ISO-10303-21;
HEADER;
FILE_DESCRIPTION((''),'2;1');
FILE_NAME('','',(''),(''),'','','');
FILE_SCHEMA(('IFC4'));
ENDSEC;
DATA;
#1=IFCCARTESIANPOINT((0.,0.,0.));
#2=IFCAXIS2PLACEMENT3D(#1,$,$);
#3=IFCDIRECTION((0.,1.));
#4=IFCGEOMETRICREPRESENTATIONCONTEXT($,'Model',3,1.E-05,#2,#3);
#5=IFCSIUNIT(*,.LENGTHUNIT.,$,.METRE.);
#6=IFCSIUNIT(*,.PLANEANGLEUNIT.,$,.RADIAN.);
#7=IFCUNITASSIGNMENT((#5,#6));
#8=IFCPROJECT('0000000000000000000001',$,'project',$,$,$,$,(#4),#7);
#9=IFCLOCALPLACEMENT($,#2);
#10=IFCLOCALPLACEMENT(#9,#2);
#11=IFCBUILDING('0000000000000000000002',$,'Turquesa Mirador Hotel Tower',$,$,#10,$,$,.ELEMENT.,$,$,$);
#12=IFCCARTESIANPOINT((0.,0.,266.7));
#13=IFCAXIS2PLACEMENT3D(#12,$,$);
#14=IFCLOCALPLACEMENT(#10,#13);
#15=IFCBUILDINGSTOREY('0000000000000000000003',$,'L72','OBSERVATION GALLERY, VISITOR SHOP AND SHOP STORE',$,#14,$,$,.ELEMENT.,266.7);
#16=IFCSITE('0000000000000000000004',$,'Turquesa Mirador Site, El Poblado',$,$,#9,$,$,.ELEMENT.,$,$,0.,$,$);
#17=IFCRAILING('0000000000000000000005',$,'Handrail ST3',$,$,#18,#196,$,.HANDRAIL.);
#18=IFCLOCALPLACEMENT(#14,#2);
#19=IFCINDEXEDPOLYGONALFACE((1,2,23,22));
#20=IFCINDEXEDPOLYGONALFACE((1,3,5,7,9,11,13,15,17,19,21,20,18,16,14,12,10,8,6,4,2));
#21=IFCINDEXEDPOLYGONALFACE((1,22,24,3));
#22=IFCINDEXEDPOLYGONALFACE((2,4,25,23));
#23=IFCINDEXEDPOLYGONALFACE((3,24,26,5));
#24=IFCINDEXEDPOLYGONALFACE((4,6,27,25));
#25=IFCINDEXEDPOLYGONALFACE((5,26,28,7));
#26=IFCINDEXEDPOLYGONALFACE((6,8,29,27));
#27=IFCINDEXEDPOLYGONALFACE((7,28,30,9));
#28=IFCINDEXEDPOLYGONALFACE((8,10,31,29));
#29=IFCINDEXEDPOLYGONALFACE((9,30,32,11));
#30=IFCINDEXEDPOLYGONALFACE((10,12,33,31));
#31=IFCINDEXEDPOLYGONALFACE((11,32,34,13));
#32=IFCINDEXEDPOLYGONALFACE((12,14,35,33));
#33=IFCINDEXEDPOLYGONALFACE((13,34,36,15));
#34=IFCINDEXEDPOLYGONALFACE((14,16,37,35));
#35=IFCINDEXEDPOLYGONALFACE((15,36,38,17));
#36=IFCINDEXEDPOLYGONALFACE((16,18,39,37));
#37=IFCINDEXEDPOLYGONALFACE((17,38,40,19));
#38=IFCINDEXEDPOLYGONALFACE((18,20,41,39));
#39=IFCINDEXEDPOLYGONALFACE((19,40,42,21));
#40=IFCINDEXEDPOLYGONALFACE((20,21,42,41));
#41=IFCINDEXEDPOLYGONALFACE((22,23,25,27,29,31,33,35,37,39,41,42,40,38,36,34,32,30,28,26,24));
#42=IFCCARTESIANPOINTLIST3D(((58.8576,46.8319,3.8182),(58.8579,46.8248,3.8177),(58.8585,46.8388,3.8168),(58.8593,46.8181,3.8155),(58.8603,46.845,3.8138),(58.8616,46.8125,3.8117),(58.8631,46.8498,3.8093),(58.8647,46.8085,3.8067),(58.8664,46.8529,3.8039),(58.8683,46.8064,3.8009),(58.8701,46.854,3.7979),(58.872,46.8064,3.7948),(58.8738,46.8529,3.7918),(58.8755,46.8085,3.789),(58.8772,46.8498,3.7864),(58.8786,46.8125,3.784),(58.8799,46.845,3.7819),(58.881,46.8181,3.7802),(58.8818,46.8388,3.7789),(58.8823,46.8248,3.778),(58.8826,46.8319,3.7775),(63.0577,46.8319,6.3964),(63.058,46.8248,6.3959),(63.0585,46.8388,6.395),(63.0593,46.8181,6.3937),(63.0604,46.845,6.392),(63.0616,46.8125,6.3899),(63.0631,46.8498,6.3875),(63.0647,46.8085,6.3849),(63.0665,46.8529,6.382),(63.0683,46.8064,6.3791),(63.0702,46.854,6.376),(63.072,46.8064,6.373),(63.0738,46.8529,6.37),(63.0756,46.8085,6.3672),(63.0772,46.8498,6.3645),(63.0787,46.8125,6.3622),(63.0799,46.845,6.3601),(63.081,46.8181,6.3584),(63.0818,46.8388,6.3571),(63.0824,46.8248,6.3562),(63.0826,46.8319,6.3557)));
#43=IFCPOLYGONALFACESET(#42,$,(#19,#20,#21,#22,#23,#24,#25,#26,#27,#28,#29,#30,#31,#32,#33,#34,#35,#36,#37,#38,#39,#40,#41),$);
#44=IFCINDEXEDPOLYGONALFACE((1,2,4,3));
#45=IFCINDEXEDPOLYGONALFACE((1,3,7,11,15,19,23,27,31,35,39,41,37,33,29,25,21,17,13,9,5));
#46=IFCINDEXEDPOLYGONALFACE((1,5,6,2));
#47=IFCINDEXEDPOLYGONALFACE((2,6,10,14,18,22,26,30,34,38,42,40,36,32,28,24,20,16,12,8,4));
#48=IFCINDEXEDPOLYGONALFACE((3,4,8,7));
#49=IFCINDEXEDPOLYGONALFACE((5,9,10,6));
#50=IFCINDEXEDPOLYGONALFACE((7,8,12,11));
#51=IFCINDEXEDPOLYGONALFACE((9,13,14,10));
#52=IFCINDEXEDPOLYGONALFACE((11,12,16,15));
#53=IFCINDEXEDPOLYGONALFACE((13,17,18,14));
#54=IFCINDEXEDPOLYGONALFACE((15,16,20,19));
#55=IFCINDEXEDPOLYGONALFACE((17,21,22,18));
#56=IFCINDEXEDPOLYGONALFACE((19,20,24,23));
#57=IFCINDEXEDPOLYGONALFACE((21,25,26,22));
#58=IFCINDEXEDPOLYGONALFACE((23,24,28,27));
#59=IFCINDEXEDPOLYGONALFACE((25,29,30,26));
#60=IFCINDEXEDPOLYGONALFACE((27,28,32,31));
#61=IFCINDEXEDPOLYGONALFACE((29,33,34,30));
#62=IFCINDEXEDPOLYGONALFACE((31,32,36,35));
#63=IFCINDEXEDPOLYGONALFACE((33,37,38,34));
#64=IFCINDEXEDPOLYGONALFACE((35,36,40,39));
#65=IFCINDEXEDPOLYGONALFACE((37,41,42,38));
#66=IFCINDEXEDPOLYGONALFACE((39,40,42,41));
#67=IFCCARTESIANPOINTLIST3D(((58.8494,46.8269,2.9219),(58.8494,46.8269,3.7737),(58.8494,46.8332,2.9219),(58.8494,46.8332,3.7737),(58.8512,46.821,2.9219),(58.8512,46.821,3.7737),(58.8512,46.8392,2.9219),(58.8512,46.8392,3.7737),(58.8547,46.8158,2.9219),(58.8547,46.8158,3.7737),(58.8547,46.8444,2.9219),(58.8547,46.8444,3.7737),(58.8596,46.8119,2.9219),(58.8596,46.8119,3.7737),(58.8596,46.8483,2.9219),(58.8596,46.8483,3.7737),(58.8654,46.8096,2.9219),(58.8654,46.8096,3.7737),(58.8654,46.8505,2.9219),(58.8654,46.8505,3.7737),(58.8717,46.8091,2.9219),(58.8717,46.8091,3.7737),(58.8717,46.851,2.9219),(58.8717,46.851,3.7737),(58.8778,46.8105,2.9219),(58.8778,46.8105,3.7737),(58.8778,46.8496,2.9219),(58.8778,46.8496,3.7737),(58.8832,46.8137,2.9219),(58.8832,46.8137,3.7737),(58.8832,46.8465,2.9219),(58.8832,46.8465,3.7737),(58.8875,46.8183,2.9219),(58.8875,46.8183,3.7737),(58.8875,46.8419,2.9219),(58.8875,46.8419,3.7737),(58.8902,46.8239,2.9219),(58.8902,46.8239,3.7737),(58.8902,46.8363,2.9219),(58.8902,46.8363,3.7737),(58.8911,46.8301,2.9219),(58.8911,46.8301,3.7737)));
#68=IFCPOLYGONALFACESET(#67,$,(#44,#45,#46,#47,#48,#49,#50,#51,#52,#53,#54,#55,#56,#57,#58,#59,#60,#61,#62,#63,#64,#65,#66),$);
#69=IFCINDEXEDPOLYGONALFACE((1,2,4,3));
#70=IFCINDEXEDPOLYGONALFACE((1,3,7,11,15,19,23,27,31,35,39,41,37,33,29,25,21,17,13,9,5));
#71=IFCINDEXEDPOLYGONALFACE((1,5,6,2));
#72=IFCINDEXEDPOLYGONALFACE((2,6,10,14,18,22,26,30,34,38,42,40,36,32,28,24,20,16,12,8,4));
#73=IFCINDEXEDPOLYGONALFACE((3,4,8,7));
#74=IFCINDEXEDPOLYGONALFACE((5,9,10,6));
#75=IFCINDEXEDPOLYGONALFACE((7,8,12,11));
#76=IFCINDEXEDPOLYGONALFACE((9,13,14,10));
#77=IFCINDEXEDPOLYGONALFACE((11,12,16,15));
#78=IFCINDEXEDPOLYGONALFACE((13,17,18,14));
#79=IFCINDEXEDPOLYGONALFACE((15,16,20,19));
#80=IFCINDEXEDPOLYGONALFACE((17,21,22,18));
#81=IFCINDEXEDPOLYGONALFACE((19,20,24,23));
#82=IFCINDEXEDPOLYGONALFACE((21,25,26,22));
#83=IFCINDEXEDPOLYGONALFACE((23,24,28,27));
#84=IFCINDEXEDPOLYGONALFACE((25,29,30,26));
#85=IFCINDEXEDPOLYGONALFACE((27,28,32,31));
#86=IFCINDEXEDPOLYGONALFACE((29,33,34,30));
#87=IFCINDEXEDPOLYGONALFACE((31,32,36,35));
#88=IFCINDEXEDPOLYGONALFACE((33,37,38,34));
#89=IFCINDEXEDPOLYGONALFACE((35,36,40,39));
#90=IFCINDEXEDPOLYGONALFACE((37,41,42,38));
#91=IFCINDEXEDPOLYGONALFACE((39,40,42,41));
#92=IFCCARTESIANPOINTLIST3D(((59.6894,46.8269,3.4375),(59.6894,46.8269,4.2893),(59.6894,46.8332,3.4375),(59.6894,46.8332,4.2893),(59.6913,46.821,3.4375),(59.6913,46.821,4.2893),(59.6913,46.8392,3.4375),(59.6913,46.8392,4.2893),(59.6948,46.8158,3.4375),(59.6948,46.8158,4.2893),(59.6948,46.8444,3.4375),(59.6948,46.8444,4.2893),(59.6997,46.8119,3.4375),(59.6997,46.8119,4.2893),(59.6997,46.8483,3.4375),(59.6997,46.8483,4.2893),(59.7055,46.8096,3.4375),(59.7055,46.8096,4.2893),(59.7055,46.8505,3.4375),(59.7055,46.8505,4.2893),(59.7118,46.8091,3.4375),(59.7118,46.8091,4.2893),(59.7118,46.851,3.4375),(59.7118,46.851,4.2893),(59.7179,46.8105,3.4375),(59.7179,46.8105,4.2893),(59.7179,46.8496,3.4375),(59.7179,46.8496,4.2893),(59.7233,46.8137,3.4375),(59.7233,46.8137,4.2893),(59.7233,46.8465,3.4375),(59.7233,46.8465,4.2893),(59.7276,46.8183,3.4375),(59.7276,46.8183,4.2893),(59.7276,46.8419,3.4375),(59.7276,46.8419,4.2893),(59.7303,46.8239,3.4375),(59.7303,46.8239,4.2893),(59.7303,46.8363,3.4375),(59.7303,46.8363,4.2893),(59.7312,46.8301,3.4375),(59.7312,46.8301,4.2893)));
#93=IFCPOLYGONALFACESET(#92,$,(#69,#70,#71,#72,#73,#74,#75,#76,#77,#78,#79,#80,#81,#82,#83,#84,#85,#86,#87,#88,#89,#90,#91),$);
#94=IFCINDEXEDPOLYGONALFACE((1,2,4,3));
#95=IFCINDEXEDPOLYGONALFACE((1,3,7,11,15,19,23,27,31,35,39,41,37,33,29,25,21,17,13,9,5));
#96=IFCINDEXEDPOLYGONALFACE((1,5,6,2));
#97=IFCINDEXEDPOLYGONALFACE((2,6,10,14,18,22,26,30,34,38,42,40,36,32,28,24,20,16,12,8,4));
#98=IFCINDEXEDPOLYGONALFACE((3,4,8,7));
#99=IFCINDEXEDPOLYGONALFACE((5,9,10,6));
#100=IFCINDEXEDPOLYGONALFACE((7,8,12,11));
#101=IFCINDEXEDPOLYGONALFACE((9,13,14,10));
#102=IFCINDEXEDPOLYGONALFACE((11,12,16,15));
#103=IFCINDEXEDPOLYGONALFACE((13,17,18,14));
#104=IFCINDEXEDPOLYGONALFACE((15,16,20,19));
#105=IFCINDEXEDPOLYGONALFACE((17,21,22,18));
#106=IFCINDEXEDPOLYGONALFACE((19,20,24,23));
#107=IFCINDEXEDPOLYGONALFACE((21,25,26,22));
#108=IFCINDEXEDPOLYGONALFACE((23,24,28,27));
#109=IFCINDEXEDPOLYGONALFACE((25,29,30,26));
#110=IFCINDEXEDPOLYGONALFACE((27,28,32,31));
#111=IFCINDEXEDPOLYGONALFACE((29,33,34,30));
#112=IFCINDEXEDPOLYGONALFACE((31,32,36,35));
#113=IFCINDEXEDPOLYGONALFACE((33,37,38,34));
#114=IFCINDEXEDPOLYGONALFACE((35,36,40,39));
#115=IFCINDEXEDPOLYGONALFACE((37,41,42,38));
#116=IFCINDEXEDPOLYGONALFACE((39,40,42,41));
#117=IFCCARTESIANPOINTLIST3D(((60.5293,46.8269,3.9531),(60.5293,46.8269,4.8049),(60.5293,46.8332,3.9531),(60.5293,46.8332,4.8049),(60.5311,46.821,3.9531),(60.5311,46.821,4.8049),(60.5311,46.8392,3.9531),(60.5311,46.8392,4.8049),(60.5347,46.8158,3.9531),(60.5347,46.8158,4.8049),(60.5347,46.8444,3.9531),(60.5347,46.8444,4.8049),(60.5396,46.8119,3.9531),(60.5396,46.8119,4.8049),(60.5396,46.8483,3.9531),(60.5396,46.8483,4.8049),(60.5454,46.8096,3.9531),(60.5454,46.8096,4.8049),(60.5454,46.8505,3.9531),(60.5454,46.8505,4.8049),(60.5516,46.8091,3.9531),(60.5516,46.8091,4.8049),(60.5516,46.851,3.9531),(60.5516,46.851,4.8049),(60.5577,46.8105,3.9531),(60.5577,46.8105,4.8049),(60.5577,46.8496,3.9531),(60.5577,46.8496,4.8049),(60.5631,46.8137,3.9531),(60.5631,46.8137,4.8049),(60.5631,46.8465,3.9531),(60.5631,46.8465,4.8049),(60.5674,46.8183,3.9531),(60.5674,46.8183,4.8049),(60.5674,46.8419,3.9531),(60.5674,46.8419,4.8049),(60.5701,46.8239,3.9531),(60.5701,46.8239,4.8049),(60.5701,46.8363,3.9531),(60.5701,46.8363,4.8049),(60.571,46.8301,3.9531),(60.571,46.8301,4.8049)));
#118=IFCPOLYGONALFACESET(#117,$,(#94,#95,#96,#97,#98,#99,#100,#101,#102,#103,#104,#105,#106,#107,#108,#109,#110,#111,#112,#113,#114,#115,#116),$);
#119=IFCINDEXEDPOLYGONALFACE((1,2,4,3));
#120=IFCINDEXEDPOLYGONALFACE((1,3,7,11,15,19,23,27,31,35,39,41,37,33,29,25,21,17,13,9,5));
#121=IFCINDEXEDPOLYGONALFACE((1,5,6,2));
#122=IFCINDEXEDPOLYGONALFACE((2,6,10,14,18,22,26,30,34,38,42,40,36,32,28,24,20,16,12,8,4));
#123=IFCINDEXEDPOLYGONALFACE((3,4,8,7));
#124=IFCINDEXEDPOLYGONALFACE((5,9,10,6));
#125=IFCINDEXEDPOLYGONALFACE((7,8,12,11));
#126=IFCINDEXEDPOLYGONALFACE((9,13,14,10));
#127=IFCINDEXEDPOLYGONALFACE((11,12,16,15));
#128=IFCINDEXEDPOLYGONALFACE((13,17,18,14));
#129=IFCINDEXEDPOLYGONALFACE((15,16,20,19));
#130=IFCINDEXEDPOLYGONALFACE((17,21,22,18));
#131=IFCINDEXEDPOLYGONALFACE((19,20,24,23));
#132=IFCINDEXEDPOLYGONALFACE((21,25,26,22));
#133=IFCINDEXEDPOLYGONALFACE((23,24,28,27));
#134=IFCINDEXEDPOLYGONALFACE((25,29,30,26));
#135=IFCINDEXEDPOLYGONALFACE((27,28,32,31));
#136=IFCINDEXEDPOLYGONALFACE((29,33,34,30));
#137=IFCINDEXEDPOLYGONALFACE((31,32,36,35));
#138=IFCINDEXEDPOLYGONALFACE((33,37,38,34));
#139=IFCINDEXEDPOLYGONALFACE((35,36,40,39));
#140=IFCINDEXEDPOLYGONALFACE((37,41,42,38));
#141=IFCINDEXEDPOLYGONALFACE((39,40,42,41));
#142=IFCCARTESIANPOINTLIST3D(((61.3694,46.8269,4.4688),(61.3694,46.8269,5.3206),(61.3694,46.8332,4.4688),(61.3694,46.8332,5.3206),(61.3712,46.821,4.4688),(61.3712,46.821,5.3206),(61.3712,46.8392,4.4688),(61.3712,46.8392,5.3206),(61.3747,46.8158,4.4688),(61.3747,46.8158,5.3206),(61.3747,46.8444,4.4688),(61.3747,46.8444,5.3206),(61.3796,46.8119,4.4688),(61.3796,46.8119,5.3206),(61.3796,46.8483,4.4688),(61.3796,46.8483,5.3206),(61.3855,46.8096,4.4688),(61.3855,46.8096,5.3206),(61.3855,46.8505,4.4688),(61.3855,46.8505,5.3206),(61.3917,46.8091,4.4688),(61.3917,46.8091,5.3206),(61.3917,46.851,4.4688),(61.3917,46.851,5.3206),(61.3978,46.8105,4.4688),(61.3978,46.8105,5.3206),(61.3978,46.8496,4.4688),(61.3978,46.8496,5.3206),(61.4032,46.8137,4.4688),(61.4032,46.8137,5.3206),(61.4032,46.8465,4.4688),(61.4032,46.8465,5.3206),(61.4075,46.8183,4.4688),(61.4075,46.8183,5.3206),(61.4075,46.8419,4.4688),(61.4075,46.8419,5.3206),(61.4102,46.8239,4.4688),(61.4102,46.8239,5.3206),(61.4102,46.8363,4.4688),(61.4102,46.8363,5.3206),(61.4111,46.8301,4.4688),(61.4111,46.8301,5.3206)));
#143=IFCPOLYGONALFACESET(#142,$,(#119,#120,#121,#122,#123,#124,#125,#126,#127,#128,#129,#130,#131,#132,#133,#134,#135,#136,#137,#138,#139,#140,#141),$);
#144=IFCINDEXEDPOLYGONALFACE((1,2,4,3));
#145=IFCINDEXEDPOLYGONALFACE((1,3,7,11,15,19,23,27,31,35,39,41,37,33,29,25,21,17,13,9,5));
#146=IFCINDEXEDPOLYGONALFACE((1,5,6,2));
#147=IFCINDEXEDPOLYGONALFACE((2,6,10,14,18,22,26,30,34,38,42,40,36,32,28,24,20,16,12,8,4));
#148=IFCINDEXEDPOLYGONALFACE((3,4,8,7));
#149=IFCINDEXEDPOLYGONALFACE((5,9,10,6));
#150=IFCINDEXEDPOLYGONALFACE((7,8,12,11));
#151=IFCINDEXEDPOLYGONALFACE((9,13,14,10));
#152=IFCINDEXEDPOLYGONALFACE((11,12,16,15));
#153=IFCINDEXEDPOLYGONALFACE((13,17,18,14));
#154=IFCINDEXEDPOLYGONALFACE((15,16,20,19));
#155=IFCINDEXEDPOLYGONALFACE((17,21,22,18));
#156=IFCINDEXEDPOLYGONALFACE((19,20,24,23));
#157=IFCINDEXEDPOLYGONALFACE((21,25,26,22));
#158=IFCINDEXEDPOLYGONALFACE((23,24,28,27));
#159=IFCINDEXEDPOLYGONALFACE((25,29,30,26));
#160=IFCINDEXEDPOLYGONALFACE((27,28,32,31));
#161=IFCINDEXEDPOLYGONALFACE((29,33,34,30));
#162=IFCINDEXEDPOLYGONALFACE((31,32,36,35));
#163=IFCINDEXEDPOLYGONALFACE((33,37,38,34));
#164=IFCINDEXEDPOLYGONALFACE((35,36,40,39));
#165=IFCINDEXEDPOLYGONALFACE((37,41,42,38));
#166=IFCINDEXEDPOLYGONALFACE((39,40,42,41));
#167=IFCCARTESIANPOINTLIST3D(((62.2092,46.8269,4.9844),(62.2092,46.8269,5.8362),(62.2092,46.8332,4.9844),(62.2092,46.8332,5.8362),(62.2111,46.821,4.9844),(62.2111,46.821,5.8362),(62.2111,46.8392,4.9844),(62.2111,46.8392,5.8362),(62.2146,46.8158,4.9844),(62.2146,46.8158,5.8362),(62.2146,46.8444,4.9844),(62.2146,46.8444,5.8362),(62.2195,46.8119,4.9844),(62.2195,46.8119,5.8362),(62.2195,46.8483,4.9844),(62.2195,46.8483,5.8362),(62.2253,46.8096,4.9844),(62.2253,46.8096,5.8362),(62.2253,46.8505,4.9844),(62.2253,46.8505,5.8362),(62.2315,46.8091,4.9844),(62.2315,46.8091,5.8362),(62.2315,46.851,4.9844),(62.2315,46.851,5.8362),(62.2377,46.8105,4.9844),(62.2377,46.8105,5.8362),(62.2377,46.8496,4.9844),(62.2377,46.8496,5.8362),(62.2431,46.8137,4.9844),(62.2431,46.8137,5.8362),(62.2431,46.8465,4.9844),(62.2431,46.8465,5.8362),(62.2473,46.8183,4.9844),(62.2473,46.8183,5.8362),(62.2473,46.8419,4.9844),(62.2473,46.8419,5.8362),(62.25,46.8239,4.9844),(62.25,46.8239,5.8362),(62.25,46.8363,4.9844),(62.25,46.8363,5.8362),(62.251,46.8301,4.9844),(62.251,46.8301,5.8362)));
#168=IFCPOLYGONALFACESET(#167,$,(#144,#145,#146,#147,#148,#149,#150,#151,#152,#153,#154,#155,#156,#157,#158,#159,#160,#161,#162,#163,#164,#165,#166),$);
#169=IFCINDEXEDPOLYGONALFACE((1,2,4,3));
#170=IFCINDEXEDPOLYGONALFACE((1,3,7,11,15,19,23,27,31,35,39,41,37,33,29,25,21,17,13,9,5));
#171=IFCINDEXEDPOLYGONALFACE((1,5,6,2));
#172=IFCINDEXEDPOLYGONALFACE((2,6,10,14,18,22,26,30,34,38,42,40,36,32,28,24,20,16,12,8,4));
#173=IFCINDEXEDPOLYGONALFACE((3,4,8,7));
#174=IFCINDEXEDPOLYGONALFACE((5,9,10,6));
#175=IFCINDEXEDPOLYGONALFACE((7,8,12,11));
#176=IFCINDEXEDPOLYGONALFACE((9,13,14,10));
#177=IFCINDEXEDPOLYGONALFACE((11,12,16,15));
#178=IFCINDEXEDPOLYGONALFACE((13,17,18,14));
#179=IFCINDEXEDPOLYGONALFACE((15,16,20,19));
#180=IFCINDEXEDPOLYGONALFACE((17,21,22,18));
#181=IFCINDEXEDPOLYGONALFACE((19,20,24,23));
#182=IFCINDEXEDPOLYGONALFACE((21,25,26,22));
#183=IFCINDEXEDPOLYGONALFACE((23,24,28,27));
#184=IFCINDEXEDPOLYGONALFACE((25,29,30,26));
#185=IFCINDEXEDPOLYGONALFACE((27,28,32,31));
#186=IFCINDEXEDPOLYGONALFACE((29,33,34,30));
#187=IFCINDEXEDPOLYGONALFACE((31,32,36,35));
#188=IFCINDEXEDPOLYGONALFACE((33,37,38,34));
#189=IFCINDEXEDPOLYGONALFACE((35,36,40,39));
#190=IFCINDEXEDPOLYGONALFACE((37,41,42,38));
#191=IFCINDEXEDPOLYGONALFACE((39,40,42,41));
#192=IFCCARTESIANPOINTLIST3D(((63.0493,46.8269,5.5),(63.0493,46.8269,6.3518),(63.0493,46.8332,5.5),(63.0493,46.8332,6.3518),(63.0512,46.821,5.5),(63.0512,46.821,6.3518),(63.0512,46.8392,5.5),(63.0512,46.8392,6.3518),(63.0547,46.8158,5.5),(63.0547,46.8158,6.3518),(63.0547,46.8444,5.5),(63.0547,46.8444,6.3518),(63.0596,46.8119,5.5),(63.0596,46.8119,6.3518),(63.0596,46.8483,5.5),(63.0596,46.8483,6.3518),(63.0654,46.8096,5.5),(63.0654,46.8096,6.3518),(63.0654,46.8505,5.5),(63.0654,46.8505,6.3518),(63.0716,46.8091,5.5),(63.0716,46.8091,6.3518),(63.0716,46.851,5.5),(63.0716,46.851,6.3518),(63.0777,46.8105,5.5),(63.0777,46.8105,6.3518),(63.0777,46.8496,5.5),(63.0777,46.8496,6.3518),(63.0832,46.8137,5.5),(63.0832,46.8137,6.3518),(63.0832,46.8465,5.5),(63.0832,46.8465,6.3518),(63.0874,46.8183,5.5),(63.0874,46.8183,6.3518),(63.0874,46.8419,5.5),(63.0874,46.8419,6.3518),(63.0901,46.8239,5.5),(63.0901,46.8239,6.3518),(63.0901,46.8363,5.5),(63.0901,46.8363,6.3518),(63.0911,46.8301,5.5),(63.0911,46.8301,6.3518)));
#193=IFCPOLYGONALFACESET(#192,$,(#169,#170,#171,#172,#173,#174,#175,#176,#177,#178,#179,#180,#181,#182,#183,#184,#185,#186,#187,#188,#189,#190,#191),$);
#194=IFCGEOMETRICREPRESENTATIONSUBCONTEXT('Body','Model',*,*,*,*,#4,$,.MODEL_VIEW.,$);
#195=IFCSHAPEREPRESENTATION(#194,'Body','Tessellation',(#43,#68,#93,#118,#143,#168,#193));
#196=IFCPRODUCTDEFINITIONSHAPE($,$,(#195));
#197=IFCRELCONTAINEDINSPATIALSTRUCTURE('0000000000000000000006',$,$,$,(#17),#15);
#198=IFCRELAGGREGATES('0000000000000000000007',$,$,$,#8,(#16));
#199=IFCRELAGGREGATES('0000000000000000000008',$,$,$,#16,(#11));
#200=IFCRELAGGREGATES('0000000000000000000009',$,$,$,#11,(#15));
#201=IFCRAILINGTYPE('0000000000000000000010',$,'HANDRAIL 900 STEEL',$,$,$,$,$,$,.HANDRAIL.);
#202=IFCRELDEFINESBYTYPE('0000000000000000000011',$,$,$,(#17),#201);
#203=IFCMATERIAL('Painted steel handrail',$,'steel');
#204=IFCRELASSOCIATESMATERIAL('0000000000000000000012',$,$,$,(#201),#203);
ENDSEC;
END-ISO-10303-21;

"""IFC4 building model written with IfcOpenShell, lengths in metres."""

from ifc_helpers import new_model, si_unit, direction, frame, origin, origin_2d, place, context, subcontext, project, spatial, circle, extrude, material, type_object, element, save


model = new_model("IFC4")

# Units and contexts
model_context = context("Model", 3, precision=1e-05, world=origin(), true_north=direction((0.0, 1.0)))
body_context = subcontext(model_context, "Body", "Model", "MODEL_VIEW")
ifc_project = project(units=[si_unit("LENGTHUNIT", "METRE"), si_unit("PLANEANGLEUNIT", "RADIAN")], contexts=[model_context])

# Site, building, storey
site_placement = place(None, origin())
site = spatial("IfcSite", under=ifc_project, at=site_placement, Name="Turquesa Mirador Site, El Poblado", CompositionType="ELEMENT", RefElevation=0.0)
building_placement = place(site_placement, origin())
building = spatial("IfcBuilding", under=site, at=building_placement, Name="Turquesa Mirador Hotel Tower", CompositionType="ELEMENT")
storey_placement = place(building_placement, frame((0.0, 0.0, 266.7)))
storey = spatial("IfcBuildingStorey", under=building, at=storey_placement, Name="L72", Description="OBSERVATION GALLERY, VISITOR SHOP AND SHOP STORE", CompositionType="ELEMENT", Elevation=266.7)

# Railing
ifc_material_1 = material(Name="Painted steel handrail", Category="steel")
railing_type = type_object("IfcRailingType", Name="HANDRAIL 900 STEEL", PredefinedType="HANDRAIL", material=ifc_material_1)
railing_1_placement = place(storey_placement, frame((58.8701, 46.8301, 2.9219)))
element("IfcRailing", 1, at=railing_1_placement, inside=storey, type_object=railing_type, Name="Handrail ST3", PredefinedType="HANDRAIL", context=body_context, shape_type="SweptSolid", body=[
    extrude(circle(Radius=0.0239, at=origin_2d()), frame((0.0, 0.0, 0.876), z_axis=(0.852243, 0.0, 0.523146), x_axis=(0.0, 1.0, 0.0)), (0.0, 0.0, 1.0), 4.9282),
    extrude(circle(Radius=0.021, at=origin_2d()), origin(), (0.0, 0.0, 1.0), 0.8518),
    extrude(circle(Radius=0.021, at=origin_2d()), frame((0.8401, 0.0, 0.5156)), (0.0, 0.0, 1.0), 0.8518),
    extrude(circle(Radius=0.021, at=origin_2d()), frame((1.6799, 0.0, 1.0312)), (0.0, 0.0, 1.0), 0.8518),
    extrude(circle(Radius=0.021, at=origin_2d()), frame((2.52, 0.0, 1.5469)), (0.0, 0.0, 1.0), 0.8518),
    extrude(circle(Radius=0.021, at=origin_2d()), frame((3.3599, 0.0, 2.0625)), (0.0, 0.0, 1.0), 0.8518),
    extrude(circle(Radius=0.021, at=origin_2d()), frame((4.2, 0.0, 2.5781)), (0.0, 0.0, 1.0), 0.8518),
])

save(model, "model.ifc")
